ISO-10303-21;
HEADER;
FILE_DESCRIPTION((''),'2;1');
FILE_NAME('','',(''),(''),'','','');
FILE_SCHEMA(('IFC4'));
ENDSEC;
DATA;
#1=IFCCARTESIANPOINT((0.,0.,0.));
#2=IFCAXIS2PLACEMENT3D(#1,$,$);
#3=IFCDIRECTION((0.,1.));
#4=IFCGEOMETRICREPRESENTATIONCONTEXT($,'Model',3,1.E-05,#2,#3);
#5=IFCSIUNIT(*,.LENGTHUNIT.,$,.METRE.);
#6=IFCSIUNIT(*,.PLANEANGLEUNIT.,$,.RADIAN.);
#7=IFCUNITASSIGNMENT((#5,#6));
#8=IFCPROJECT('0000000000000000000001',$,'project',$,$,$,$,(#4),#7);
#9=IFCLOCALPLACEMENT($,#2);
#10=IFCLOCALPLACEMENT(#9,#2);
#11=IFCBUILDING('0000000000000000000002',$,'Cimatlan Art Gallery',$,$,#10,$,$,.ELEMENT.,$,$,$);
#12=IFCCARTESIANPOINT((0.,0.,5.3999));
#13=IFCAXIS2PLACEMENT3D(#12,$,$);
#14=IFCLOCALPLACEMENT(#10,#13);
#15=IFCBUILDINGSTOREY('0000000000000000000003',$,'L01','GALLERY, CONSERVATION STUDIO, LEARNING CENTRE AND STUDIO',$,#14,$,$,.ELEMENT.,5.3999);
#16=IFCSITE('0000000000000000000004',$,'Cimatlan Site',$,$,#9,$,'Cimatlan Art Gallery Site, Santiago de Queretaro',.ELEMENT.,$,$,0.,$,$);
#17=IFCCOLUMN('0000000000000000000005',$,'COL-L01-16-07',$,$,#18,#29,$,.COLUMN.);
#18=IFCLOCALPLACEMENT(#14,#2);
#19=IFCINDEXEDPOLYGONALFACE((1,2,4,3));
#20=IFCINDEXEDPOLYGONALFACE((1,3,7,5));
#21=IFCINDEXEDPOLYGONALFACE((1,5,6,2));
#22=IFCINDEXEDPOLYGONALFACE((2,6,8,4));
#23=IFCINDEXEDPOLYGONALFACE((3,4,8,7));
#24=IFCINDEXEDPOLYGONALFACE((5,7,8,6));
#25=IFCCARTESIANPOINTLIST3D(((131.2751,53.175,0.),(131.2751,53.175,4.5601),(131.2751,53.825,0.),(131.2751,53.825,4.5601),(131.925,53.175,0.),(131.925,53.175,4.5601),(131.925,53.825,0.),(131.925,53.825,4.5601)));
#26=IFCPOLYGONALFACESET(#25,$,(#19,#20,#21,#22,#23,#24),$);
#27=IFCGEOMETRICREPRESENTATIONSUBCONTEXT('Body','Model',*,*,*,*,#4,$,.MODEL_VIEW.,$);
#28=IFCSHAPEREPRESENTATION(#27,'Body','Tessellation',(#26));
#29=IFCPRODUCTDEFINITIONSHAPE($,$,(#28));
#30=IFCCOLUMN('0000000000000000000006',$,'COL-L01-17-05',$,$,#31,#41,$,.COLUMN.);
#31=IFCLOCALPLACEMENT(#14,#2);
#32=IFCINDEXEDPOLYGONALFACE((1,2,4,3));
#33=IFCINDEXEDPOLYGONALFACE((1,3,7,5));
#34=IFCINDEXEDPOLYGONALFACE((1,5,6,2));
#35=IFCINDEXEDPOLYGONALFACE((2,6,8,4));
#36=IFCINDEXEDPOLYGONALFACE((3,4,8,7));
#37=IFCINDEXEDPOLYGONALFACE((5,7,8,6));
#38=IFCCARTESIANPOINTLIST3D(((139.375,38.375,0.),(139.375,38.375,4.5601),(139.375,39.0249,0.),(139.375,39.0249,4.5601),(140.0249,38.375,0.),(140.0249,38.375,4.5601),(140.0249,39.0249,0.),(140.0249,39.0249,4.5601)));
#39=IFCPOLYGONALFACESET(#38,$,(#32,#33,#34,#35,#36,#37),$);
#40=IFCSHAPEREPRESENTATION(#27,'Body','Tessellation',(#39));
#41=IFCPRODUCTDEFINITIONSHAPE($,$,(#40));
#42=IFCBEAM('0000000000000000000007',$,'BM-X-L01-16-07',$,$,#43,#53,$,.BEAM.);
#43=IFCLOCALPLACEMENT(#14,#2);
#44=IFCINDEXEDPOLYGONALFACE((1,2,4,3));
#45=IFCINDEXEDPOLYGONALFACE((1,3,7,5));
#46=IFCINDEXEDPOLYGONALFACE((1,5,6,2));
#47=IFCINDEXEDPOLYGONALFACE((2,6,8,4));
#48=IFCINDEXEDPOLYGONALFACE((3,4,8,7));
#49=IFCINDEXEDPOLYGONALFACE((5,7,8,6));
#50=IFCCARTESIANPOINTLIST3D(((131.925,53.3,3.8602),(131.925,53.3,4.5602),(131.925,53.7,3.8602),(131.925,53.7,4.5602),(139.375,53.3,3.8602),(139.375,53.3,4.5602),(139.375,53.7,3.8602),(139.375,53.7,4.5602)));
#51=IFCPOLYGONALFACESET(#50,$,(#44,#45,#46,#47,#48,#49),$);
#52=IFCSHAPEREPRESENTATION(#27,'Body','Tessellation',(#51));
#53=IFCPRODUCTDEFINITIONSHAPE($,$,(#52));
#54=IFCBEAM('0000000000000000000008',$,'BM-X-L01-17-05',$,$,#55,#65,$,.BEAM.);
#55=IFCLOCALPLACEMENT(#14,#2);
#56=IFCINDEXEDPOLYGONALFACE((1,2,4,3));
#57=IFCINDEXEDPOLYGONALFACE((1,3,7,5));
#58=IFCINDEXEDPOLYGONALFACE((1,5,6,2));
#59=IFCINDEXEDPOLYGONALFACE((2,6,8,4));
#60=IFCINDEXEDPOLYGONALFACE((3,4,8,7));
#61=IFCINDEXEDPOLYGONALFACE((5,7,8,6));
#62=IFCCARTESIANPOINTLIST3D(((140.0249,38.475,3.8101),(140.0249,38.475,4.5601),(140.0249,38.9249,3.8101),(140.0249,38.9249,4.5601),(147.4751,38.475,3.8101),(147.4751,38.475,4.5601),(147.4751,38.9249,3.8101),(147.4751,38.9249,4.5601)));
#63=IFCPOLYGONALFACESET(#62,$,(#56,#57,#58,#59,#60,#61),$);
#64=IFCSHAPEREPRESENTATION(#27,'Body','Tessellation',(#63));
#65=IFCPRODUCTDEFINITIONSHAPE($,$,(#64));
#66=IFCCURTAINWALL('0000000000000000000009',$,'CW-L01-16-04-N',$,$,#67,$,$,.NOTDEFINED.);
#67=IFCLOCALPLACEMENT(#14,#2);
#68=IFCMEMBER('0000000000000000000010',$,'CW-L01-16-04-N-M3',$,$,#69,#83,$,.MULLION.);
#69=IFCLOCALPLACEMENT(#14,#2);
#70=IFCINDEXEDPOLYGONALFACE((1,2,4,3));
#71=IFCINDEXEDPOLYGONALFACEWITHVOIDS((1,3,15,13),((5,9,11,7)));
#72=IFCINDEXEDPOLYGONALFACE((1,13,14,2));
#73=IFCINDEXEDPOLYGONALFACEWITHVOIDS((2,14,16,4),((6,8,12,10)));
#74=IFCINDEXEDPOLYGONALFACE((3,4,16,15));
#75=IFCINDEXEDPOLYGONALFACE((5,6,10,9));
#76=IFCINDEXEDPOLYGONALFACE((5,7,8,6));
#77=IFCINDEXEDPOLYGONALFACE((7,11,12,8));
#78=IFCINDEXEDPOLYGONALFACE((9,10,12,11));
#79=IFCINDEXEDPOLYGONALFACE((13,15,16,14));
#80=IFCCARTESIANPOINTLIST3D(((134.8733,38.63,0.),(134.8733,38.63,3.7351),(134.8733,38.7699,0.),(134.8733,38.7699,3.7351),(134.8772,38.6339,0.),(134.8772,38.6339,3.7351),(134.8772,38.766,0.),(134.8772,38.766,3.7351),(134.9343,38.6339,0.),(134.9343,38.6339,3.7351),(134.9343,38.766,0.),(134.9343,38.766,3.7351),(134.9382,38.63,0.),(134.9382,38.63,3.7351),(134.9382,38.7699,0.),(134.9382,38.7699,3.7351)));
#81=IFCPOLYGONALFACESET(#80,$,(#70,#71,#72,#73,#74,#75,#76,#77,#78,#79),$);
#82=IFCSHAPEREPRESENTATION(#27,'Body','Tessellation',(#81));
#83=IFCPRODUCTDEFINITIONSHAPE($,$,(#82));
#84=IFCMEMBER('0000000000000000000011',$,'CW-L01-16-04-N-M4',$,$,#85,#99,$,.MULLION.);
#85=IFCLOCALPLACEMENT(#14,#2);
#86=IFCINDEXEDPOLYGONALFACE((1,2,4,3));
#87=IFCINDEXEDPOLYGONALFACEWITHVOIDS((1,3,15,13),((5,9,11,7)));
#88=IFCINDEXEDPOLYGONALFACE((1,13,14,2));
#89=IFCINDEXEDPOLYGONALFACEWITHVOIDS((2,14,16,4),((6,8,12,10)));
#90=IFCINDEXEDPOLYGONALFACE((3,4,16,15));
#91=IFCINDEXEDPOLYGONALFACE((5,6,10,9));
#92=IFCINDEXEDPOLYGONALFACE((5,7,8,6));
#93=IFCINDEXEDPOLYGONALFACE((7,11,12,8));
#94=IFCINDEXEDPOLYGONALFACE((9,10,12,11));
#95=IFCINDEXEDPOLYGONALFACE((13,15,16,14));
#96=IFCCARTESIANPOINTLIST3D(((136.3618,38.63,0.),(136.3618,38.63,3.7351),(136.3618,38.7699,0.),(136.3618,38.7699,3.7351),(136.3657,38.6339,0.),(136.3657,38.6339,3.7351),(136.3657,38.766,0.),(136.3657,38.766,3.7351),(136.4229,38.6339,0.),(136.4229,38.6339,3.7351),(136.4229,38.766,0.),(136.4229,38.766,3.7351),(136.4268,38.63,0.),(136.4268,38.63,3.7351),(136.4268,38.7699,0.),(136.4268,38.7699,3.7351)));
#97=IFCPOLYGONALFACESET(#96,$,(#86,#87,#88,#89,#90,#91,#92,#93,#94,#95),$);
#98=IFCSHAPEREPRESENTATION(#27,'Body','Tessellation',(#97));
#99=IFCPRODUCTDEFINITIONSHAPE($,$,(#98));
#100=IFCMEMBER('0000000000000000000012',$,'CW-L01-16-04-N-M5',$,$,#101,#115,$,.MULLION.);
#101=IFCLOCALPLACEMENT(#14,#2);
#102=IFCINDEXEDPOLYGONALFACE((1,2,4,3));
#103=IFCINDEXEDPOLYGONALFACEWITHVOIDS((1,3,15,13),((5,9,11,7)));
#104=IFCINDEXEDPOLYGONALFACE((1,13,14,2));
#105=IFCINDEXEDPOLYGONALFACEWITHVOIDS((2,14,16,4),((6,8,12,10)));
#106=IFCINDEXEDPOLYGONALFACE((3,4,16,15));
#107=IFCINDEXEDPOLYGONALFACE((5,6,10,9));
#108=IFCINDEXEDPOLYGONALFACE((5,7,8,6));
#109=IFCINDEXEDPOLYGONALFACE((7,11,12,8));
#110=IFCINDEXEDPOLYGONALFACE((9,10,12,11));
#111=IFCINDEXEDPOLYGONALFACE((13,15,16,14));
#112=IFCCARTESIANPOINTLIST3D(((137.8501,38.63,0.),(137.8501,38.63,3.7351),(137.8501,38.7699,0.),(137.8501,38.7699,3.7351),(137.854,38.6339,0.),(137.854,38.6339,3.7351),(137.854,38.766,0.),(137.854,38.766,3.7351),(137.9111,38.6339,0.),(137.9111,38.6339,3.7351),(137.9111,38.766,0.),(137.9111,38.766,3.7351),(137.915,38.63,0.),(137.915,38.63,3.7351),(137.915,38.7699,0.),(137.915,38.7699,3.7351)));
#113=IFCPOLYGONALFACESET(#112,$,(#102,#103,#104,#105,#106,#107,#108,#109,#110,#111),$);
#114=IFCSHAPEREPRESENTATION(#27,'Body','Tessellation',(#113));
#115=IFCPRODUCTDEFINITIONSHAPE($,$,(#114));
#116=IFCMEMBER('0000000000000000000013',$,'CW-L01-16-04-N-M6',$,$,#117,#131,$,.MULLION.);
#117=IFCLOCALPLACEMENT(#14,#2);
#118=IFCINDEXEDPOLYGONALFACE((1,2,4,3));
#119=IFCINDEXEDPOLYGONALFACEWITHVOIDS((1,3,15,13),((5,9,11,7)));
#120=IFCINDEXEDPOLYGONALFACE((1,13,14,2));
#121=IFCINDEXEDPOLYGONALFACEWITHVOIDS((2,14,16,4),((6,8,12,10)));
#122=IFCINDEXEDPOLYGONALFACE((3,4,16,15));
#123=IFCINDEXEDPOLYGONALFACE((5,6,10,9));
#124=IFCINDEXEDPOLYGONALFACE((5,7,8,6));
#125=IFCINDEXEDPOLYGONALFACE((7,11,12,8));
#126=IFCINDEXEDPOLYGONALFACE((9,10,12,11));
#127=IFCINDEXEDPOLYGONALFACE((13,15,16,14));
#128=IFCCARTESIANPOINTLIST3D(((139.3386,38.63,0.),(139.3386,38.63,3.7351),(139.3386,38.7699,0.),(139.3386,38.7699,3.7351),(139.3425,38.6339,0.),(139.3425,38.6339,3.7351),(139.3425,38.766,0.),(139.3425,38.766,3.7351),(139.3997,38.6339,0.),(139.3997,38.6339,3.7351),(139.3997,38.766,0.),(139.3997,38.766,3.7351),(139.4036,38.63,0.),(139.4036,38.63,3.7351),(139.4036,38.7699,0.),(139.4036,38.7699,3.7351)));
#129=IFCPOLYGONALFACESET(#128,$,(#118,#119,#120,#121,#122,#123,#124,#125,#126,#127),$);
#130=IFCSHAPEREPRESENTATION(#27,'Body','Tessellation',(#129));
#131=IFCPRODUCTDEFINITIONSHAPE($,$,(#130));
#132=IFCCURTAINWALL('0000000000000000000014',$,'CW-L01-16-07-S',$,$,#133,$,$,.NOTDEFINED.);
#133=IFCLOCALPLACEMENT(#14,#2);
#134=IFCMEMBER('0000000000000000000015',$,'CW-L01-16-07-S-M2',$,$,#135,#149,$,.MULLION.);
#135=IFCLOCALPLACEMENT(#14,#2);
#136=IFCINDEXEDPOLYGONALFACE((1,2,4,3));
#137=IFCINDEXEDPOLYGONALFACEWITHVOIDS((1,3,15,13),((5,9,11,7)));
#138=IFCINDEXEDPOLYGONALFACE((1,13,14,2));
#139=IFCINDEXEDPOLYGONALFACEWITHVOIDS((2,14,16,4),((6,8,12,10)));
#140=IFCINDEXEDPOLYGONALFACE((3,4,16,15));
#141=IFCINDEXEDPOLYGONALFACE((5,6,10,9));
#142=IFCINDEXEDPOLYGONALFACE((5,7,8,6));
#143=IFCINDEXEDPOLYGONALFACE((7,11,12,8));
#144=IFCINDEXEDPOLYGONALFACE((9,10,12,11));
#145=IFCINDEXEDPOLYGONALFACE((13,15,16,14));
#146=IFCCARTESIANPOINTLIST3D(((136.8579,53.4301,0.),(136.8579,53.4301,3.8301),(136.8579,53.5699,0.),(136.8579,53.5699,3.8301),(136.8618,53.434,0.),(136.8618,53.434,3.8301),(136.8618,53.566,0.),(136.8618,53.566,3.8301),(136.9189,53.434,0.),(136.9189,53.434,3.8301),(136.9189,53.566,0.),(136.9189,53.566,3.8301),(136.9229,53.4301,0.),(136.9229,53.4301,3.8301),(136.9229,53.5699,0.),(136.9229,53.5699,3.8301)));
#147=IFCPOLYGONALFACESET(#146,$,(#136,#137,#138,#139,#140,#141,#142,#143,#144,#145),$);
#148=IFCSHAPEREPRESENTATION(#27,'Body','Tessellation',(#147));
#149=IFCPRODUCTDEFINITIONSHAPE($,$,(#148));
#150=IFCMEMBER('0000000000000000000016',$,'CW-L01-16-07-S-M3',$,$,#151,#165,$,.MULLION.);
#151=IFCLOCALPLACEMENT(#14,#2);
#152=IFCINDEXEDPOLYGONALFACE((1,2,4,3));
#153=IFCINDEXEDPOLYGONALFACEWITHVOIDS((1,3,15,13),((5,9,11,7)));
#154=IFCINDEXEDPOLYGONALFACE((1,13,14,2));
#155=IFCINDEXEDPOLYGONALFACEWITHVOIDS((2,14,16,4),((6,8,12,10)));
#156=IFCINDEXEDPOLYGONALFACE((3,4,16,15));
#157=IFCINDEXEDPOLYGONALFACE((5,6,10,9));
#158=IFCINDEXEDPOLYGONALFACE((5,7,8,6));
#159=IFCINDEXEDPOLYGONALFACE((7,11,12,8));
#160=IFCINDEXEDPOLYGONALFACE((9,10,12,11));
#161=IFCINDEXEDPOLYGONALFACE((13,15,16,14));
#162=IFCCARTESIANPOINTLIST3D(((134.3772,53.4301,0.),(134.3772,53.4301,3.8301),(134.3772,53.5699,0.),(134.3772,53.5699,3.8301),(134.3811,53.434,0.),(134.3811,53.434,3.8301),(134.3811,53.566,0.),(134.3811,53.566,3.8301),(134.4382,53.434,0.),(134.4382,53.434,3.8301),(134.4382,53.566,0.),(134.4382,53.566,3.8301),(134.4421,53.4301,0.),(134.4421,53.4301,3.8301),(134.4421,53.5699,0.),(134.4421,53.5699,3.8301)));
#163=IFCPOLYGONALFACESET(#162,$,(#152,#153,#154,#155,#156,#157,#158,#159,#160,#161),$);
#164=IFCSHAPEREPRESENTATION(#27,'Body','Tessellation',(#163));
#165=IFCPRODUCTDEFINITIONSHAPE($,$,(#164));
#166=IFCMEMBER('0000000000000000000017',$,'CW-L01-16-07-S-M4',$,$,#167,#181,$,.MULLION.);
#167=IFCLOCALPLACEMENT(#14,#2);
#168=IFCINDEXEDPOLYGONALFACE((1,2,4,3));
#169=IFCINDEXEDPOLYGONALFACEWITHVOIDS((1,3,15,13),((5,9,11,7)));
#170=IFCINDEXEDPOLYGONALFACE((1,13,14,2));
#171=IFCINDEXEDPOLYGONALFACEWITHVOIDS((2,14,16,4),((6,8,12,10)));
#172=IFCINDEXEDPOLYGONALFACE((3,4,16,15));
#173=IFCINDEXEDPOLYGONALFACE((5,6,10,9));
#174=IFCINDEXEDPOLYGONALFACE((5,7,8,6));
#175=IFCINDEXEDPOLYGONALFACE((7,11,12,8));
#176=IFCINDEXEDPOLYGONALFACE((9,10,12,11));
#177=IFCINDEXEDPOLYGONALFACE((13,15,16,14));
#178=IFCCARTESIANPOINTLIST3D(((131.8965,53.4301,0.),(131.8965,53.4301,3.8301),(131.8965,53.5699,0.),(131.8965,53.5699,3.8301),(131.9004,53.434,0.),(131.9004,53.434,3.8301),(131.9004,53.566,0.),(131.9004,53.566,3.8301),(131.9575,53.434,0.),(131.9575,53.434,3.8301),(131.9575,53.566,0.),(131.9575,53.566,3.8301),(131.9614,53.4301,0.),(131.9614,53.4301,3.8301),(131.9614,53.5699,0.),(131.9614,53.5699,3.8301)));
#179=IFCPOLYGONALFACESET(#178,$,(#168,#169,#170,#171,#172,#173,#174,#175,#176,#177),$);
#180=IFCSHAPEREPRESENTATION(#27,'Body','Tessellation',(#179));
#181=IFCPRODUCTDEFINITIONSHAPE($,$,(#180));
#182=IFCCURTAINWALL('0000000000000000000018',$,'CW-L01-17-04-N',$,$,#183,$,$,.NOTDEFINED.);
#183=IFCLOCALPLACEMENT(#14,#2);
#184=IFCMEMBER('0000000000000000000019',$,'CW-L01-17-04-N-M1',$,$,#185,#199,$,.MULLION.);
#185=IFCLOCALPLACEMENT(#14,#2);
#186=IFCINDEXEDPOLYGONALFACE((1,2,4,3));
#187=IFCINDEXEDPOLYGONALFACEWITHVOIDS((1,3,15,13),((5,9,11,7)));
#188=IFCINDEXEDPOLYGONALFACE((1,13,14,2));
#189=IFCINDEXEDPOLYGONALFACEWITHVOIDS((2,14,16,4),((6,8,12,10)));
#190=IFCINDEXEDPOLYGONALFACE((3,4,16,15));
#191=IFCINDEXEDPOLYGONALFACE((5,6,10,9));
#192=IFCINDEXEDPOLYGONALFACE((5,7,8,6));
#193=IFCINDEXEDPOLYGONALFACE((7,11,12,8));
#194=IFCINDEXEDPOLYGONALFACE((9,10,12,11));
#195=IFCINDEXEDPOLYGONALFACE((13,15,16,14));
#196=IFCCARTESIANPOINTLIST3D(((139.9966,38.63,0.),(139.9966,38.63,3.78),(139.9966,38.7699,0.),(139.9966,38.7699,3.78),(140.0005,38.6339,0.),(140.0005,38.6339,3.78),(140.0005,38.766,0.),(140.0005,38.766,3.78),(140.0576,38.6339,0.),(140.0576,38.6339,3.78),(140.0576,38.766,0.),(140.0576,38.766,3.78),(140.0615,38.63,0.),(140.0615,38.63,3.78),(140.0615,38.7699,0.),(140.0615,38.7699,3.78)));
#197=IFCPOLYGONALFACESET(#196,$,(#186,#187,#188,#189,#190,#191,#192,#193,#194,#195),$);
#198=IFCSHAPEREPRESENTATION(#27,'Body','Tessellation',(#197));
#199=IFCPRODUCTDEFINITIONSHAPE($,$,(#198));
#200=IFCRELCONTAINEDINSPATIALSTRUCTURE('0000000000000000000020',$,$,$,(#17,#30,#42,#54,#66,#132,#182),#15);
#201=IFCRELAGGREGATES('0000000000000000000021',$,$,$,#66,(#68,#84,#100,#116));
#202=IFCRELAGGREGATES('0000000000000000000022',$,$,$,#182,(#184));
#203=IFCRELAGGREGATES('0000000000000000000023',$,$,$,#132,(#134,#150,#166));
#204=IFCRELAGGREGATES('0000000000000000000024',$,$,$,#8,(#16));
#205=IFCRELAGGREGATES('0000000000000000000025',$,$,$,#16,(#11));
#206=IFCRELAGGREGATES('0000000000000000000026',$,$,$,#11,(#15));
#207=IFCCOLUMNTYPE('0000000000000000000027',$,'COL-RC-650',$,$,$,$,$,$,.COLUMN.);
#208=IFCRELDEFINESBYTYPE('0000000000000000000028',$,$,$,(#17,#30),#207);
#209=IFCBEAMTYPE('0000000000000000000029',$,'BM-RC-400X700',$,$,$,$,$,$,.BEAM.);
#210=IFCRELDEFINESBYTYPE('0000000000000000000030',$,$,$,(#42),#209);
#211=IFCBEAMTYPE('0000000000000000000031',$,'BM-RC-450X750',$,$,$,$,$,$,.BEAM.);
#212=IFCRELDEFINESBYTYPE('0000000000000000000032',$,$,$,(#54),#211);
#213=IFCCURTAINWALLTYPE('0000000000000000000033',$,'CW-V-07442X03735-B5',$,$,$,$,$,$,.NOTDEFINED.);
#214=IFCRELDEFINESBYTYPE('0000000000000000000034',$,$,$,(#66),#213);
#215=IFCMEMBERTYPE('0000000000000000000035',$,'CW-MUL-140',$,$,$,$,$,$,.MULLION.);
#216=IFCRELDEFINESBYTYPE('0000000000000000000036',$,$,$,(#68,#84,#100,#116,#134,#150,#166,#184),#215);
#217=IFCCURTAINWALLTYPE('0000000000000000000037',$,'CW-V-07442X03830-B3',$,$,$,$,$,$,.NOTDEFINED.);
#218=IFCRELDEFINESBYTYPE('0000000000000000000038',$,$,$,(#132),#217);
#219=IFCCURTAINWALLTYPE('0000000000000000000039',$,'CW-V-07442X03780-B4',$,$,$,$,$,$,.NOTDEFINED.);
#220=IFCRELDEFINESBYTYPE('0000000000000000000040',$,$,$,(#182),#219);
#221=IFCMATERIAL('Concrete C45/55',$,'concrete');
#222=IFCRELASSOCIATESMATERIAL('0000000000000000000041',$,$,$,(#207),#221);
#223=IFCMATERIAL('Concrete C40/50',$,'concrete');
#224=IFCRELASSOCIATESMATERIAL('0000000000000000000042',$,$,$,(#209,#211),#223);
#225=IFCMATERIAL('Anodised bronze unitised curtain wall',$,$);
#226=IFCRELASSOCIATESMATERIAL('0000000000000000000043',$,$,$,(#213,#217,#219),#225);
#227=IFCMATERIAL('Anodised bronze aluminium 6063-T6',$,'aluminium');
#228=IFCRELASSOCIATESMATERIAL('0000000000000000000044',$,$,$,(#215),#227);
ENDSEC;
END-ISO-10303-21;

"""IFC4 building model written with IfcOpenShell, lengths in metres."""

from ifc_helpers import new_model, si_unit, direction, frame, origin, origin_2d, place, context, subcontext, project, spatial, rectangle, hollow_rectangle, extrude, material, material_profile, profile_set, type_object, element, aggregate, save


model = new_model("IFC4")

# Units and contexts
model_context = context("Model", 3, precision=1e-05, world=origin(), true_north=direction((0.0, 1.0)))
body_context = subcontext(model_context, "Body", "Model", "MODEL_VIEW")
ifc_project = project(units=[si_unit("LENGTHUNIT", "METRE"), si_unit("PLANEANGLEUNIT", "RADIAN")], contexts=[model_context])

# Site, building, storey
site_placement = place(None, origin())
site = spatial("IfcSite", under=ifc_project, at=site_placement, Name="Cimatlan Site", LongName="Cimatlan Art Gallery Site, Santiago de Queretaro", CompositionType="ELEMENT", RefElevation=0.0)
building_placement = place(site_placement, origin())
building = spatial("IfcBuilding", under=site, at=building_placement, Name="Cimatlan Art Gallery", CompositionType="ELEMENT")
storey_placement = place(building_placement, frame((0.0, 0.0, 5.3999)))
storey = spatial("IfcBuildingStorey", under=building, at=storey_placement, Name="L01", Description="GALLERY, CONSERVATION STUDIO, LEARNING CENTRE AND STUDIO", CompositionType="ELEMENT", Elevation=5.3999)

# Columns
ifc_material_1 = material(Name="Concrete C45/55", Category="concrete")
ifc_material_profile_1 = material_profile(ifc_material_1, rectangle(XDim=0.6499, YDim=0.6499, at=origin_2d()), Name="RC650X650")
ifc_profile_set_1 = profile_set([ifc_material_profile_1], Name="Concrete C45/55")
column_type = type_object("IfcColumnType", Name="COL-RC-650", PredefinedType="COLUMN", material=ifc_profile_set_1)
for number, where, z_axis, x_axis, name in (
    (1, (131.6001, 53.5, 0.0), (0.0, 0.0, 1.0), (1.0, 0.0, 0.0), "COL-L01-16-07"),
    (2, (139.7, 38.7, 0.0), (0.0, 0.0, 1.0), (1.0, 0.0, 0.0), "COL-L01-17-05"),
):
    element("IfcColumn", number, at=place(storey_placement, frame(where, z_axis=z_axis, x_axis=x_axis)), inside=storey, type_object=column_type, Name=name, PredefinedType="COLUMN", context=body_context, shape_type="SweptSolid", body=[
        extrude(rectangle(XDim=0.6499, YDim=0.6499, at=origin_2d()), origin(), (0.0, 0.0, 1.0), 4.5601),
    ])

# Beams
ifc_material_2 = material(Name="Concrete C40/50", Category="concrete")
ifc_material_profile_2 = material_profile(ifc_material_2, rectangle(XDim=0.3999, YDim=0.7, at=origin_2d()), Name="RC400X700")
ifc_profile_set_2 = profile_set([ifc_material_profile_2], Name="Concrete C40/50")
beam_type_1 = type_object("IfcBeamType", Name="BM-RC-400X700", PredefinedType="BEAM", material=ifc_profile_set_2)
beam_1_placement = place(storey_placement, frame((131.925, 53.5, 4.2102), z_axis=(1.0, 0.0, 0.0), x_axis=(0.0, 1.0, 0.0)))
element("IfcBeam", 3, at=beam_1_placement, inside=storey, type_object=beam_type_1, Name="BM-X-L01-16-07", PredefinedType="BEAM", context=body_context, shape_type="SweptSolid", body=[
    extrude(rectangle(XDim=0.3999, YDim=0.7, at=origin_2d()), origin(), (0.0, 0.0, 1.0), 7.45),
])
ifc_material_profile_3 = material_profile(ifc_material_2, rectangle(XDim=0.45, YDim=0.75, at=origin_2d()), Name="RC450X750")
ifc_profile_set_3 = profile_set([ifc_material_profile_3], Name="Concrete C40/50")
beam_type_2 = type_object("IfcBeamType", Name="BM-RC-450X750", PredefinedType="BEAM", material=ifc_profile_set_3)
beam_2_placement = place(storey_placement, frame((140.0249, 38.7, 4.1851), z_axis=(1.0, 0.0, 0.0), x_axis=(0.0, 1.0, 0.0)))
element("IfcBeam", 4, at=beam_2_placement, inside=storey, type_object=beam_type_2, Name="BM-X-L01-17-05", PredefinedType="BEAM", context=body_context, shape_type="SweptSolid", body=[
    extrude(rectangle(XDim=0.45, YDim=0.75, at=origin_2d()), origin(), (0.0, 0.0, 1.0), 7.4502),
])

# Curtain walls, members
ifc_material_3 = material(Name="Anodised bronze unitised curtain wall")
curtain_wall_type_1 = type_object("IfcCurtainWallType", Name="CW-V-07442X03735-B5", PredefinedType="NOTDEFINED", material=ifc_material_3)
curtain_wall_1_placement = place(storey_placement, origin())
curtain_wall_1 = element("IfcCurtainWall", 5, at=curtain_wall_1_placement, inside=storey, type_object=curtain_wall_type_1, Name="CW-L01-16-04-N", PredefinedType="NOTDEFINED")
ifc_material_4 = material(Name="Anodised bronze aluminium 6063-T6", Category="aluminium")
ifc_material_profile_4 = material_profile(ifc_material_4, hollow_rectangle(XDim=0.0649, YDim=0.1399, WallThickness=0.0039, at=origin_2d()), Name="ALU65X140X4")
ifc_profile_set_4 = profile_set([ifc_material_profile_4], Name="Anodised bronze aluminium 6063-T6")
member_type_1 = type_object("IfcMemberType", Name="CW-MUL-140", PredefinedType="MULLION", material=ifc_profile_set_4)
member_1_placement = place(storey_placement, frame((134.9058, 38.7, 0.0), z_axis=(0.0, 0.0, 1.0), x_axis=(1.0, 0.0, 0.0)))
member_1 = element("IfcMember", 6, at=member_1_placement, type_object=member_type_1, Name="CW-L01-16-04-N-M3", PredefinedType="MULLION", context=body_context, shape_type="SweptSolid", body=[
    extrude(hollow_rectangle(XDim=0.0649, YDim=0.1399, WallThickness=0.0039, at=origin_2d()), origin(), (0.0, 0.0, 1.0), 3.7351),
])
member_2_placement = place(storey_placement, frame((136.3943, 38.7, 0.0), z_axis=(0.0, 0.0, 1.0), x_axis=(1.0, 0.0, 0.0)))
member_2 = element("IfcMember", 7, at=member_2_placement, type_object=member_type_1, Name="CW-L01-16-04-N-M4", PredefinedType="MULLION", context=body_context, shape_type="SweptSolid", body=[
    extrude(hollow_rectangle(XDim=0.0649, YDim=0.1399, WallThickness=0.0039, at=origin_2d()), origin(), (0.0, 0.0, 1.0), 3.7351),
])
member_3_placement = place(storey_placement, frame((137.8826, 38.7, 0.0), z_axis=(0.0, 0.0, 1.0), x_axis=(1.0, 0.0, 0.0)))
member_3 = element("IfcMember", 8, at=member_3_placement, type_object=member_type_1, Name="CW-L01-16-04-N-M5", PredefinedType="MULLION", context=body_context, shape_type="SweptSolid", body=[
    extrude(hollow_rectangle(XDim=0.0649, YDim=0.1399, WallThickness=0.0039, at=origin_2d()), origin(), (0.0, 0.0, 1.0), 3.7351),
])
member_4_placement = place(storey_placement, frame((139.3711, 38.7, 0.0), z_axis=(0.0, 0.0, 1.0), x_axis=(1.0, 0.0, 0.0)))
member_4 = element("IfcMember", 9, at=member_4_placement, type_object=member_type_1, Name="CW-L01-16-04-N-M6", PredefinedType="MULLION", context=body_context, shape_type="SweptSolid", body=[
    extrude(hollow_rectangle(XDim=0.0649, YDim=0.1399, WallThickness=0.0039, at=origin_2d()), origin(), (0.0, 0.0, 1.0), 3.7351),
])
curtain_wall_type_2 = type_object("IfcCurtainWallType", Name="CW-V-07442X03830-B3", PredefinedType="NOTDEFINED", material=ifc_material_3)
curtain_wall_2_placement = place(storey_placement, origin())
curtain_wall_2 = element("IfcCurtainWall", 10, at=curtain_wall_2_placement, inside=storey, type_object=curtain_wall_type_2, Name="CW-L01-16-07-S", PredefinedType="NOTDEFINED")
member_5_placement = place(storey_placement, frame((136.8904, 53.5, 0.0), z_axis=(0.0, 0.0, 1.0), x_axis=(1.0, 0.0, 0.0)))
member_5 = element("IfcMember", 11, at=member_5_placement, type_object=member_type_1, Name="CW-L01-16-07-S-M2", PredefinedType="MULLION", context=body_context, shape_type="SweptSolid", body=[
    extrude(hollow_rectangle(XDim=0.0649, YDim=0.1399, WallThickness=0.0039, at=origin_2d()), origin(), (0.0, 0.0, 1.0), 3.8301),
])
member_6_placement = place(storey_placement, frame((134.4097, 53.5, 0.0), z_axis=(0.0, 0.0, 1.0), x_axis=(1.0, 0.0, 0.0)))
member_6 = element("IfcMember", 12, at=member_6_placement, type_object=member_type_1, Name="CW-L01-16-07-S-M3", PredefinedType="MULLION", context=body_context, shape_type="SweptSolid", body=[
    extrude(hollow_rectangle(XDim=0.0649, YDim=0.1399, WallThickness=0.0039, at=origin_2d()), origin(), (0.0, 0.0, 1.0), 3.8301),
])
member_7_placement = place(storey_placement, frame((131.929, 53.5, 0.0), z_axis=(0.0, 0.0, 1.0), x_axis=(1.0, 0.0, 0.0)))
member_7 = element("IfcMember", 13, at=member_7_placement, type_object=member_type_1, Name="CW-L01-16-07-S-M4", PredefinedType="MULLION", context=body_context, shape_type="SweptSolid", body=[
    extrude(hollow_rectangle(XDim=0.0649, YDim=0.1399, WallThickness=0.0039, at=origin_2d()), origin(), (0.0, 0.0, 1.0), 3.8301),
])
curtain_wall_type_3 = type_object("IfcCurtainWallType", Name="CW-V-07442X03780-B4", PredefinedType="NOTDEFINED", material=ifc_material_3)
curtain_wall_3_placement = place(storey_placement, origin())
curtain_wall_3 = element("IfcCurtainWall", 14, at=curtain_wall_3_placement, inside=storey, type_object=curtain_wall_type_3, Name="CW-L01-17-04-N", PredefinedType="NOTDEFINED")
member_8_placement = place(storey_placement, frame((140.0291, 38.7, 0.0), z_axis=(0.0, 0.0, 1.0), x_axis=(1.0, 0.0, 0.0)))
member_8 = element("IfcMember", 15, at=member_8_placement, type_object=member_type_1, Name="CW-L01-17-04-N-M1", PredefinedType="MULLION", context=body_context, shape_type="SweptSolid", body=[
    extrude(hollow_rectangle(XDim=0.0649, YDim=0.1399, WallThickness=0.0039, at=origin_2d()), origin(), (0.0, 0.0, 1.0), 3.78),
])

aggregate(curtain_wall_1, [member_1, member_2, member_3, member_4])
aggregate(curtain_wall_3, [member_8])
aggregate(curtain_wall_2, [member_5, member_6, member_7])

save(model, "model.ifc")
